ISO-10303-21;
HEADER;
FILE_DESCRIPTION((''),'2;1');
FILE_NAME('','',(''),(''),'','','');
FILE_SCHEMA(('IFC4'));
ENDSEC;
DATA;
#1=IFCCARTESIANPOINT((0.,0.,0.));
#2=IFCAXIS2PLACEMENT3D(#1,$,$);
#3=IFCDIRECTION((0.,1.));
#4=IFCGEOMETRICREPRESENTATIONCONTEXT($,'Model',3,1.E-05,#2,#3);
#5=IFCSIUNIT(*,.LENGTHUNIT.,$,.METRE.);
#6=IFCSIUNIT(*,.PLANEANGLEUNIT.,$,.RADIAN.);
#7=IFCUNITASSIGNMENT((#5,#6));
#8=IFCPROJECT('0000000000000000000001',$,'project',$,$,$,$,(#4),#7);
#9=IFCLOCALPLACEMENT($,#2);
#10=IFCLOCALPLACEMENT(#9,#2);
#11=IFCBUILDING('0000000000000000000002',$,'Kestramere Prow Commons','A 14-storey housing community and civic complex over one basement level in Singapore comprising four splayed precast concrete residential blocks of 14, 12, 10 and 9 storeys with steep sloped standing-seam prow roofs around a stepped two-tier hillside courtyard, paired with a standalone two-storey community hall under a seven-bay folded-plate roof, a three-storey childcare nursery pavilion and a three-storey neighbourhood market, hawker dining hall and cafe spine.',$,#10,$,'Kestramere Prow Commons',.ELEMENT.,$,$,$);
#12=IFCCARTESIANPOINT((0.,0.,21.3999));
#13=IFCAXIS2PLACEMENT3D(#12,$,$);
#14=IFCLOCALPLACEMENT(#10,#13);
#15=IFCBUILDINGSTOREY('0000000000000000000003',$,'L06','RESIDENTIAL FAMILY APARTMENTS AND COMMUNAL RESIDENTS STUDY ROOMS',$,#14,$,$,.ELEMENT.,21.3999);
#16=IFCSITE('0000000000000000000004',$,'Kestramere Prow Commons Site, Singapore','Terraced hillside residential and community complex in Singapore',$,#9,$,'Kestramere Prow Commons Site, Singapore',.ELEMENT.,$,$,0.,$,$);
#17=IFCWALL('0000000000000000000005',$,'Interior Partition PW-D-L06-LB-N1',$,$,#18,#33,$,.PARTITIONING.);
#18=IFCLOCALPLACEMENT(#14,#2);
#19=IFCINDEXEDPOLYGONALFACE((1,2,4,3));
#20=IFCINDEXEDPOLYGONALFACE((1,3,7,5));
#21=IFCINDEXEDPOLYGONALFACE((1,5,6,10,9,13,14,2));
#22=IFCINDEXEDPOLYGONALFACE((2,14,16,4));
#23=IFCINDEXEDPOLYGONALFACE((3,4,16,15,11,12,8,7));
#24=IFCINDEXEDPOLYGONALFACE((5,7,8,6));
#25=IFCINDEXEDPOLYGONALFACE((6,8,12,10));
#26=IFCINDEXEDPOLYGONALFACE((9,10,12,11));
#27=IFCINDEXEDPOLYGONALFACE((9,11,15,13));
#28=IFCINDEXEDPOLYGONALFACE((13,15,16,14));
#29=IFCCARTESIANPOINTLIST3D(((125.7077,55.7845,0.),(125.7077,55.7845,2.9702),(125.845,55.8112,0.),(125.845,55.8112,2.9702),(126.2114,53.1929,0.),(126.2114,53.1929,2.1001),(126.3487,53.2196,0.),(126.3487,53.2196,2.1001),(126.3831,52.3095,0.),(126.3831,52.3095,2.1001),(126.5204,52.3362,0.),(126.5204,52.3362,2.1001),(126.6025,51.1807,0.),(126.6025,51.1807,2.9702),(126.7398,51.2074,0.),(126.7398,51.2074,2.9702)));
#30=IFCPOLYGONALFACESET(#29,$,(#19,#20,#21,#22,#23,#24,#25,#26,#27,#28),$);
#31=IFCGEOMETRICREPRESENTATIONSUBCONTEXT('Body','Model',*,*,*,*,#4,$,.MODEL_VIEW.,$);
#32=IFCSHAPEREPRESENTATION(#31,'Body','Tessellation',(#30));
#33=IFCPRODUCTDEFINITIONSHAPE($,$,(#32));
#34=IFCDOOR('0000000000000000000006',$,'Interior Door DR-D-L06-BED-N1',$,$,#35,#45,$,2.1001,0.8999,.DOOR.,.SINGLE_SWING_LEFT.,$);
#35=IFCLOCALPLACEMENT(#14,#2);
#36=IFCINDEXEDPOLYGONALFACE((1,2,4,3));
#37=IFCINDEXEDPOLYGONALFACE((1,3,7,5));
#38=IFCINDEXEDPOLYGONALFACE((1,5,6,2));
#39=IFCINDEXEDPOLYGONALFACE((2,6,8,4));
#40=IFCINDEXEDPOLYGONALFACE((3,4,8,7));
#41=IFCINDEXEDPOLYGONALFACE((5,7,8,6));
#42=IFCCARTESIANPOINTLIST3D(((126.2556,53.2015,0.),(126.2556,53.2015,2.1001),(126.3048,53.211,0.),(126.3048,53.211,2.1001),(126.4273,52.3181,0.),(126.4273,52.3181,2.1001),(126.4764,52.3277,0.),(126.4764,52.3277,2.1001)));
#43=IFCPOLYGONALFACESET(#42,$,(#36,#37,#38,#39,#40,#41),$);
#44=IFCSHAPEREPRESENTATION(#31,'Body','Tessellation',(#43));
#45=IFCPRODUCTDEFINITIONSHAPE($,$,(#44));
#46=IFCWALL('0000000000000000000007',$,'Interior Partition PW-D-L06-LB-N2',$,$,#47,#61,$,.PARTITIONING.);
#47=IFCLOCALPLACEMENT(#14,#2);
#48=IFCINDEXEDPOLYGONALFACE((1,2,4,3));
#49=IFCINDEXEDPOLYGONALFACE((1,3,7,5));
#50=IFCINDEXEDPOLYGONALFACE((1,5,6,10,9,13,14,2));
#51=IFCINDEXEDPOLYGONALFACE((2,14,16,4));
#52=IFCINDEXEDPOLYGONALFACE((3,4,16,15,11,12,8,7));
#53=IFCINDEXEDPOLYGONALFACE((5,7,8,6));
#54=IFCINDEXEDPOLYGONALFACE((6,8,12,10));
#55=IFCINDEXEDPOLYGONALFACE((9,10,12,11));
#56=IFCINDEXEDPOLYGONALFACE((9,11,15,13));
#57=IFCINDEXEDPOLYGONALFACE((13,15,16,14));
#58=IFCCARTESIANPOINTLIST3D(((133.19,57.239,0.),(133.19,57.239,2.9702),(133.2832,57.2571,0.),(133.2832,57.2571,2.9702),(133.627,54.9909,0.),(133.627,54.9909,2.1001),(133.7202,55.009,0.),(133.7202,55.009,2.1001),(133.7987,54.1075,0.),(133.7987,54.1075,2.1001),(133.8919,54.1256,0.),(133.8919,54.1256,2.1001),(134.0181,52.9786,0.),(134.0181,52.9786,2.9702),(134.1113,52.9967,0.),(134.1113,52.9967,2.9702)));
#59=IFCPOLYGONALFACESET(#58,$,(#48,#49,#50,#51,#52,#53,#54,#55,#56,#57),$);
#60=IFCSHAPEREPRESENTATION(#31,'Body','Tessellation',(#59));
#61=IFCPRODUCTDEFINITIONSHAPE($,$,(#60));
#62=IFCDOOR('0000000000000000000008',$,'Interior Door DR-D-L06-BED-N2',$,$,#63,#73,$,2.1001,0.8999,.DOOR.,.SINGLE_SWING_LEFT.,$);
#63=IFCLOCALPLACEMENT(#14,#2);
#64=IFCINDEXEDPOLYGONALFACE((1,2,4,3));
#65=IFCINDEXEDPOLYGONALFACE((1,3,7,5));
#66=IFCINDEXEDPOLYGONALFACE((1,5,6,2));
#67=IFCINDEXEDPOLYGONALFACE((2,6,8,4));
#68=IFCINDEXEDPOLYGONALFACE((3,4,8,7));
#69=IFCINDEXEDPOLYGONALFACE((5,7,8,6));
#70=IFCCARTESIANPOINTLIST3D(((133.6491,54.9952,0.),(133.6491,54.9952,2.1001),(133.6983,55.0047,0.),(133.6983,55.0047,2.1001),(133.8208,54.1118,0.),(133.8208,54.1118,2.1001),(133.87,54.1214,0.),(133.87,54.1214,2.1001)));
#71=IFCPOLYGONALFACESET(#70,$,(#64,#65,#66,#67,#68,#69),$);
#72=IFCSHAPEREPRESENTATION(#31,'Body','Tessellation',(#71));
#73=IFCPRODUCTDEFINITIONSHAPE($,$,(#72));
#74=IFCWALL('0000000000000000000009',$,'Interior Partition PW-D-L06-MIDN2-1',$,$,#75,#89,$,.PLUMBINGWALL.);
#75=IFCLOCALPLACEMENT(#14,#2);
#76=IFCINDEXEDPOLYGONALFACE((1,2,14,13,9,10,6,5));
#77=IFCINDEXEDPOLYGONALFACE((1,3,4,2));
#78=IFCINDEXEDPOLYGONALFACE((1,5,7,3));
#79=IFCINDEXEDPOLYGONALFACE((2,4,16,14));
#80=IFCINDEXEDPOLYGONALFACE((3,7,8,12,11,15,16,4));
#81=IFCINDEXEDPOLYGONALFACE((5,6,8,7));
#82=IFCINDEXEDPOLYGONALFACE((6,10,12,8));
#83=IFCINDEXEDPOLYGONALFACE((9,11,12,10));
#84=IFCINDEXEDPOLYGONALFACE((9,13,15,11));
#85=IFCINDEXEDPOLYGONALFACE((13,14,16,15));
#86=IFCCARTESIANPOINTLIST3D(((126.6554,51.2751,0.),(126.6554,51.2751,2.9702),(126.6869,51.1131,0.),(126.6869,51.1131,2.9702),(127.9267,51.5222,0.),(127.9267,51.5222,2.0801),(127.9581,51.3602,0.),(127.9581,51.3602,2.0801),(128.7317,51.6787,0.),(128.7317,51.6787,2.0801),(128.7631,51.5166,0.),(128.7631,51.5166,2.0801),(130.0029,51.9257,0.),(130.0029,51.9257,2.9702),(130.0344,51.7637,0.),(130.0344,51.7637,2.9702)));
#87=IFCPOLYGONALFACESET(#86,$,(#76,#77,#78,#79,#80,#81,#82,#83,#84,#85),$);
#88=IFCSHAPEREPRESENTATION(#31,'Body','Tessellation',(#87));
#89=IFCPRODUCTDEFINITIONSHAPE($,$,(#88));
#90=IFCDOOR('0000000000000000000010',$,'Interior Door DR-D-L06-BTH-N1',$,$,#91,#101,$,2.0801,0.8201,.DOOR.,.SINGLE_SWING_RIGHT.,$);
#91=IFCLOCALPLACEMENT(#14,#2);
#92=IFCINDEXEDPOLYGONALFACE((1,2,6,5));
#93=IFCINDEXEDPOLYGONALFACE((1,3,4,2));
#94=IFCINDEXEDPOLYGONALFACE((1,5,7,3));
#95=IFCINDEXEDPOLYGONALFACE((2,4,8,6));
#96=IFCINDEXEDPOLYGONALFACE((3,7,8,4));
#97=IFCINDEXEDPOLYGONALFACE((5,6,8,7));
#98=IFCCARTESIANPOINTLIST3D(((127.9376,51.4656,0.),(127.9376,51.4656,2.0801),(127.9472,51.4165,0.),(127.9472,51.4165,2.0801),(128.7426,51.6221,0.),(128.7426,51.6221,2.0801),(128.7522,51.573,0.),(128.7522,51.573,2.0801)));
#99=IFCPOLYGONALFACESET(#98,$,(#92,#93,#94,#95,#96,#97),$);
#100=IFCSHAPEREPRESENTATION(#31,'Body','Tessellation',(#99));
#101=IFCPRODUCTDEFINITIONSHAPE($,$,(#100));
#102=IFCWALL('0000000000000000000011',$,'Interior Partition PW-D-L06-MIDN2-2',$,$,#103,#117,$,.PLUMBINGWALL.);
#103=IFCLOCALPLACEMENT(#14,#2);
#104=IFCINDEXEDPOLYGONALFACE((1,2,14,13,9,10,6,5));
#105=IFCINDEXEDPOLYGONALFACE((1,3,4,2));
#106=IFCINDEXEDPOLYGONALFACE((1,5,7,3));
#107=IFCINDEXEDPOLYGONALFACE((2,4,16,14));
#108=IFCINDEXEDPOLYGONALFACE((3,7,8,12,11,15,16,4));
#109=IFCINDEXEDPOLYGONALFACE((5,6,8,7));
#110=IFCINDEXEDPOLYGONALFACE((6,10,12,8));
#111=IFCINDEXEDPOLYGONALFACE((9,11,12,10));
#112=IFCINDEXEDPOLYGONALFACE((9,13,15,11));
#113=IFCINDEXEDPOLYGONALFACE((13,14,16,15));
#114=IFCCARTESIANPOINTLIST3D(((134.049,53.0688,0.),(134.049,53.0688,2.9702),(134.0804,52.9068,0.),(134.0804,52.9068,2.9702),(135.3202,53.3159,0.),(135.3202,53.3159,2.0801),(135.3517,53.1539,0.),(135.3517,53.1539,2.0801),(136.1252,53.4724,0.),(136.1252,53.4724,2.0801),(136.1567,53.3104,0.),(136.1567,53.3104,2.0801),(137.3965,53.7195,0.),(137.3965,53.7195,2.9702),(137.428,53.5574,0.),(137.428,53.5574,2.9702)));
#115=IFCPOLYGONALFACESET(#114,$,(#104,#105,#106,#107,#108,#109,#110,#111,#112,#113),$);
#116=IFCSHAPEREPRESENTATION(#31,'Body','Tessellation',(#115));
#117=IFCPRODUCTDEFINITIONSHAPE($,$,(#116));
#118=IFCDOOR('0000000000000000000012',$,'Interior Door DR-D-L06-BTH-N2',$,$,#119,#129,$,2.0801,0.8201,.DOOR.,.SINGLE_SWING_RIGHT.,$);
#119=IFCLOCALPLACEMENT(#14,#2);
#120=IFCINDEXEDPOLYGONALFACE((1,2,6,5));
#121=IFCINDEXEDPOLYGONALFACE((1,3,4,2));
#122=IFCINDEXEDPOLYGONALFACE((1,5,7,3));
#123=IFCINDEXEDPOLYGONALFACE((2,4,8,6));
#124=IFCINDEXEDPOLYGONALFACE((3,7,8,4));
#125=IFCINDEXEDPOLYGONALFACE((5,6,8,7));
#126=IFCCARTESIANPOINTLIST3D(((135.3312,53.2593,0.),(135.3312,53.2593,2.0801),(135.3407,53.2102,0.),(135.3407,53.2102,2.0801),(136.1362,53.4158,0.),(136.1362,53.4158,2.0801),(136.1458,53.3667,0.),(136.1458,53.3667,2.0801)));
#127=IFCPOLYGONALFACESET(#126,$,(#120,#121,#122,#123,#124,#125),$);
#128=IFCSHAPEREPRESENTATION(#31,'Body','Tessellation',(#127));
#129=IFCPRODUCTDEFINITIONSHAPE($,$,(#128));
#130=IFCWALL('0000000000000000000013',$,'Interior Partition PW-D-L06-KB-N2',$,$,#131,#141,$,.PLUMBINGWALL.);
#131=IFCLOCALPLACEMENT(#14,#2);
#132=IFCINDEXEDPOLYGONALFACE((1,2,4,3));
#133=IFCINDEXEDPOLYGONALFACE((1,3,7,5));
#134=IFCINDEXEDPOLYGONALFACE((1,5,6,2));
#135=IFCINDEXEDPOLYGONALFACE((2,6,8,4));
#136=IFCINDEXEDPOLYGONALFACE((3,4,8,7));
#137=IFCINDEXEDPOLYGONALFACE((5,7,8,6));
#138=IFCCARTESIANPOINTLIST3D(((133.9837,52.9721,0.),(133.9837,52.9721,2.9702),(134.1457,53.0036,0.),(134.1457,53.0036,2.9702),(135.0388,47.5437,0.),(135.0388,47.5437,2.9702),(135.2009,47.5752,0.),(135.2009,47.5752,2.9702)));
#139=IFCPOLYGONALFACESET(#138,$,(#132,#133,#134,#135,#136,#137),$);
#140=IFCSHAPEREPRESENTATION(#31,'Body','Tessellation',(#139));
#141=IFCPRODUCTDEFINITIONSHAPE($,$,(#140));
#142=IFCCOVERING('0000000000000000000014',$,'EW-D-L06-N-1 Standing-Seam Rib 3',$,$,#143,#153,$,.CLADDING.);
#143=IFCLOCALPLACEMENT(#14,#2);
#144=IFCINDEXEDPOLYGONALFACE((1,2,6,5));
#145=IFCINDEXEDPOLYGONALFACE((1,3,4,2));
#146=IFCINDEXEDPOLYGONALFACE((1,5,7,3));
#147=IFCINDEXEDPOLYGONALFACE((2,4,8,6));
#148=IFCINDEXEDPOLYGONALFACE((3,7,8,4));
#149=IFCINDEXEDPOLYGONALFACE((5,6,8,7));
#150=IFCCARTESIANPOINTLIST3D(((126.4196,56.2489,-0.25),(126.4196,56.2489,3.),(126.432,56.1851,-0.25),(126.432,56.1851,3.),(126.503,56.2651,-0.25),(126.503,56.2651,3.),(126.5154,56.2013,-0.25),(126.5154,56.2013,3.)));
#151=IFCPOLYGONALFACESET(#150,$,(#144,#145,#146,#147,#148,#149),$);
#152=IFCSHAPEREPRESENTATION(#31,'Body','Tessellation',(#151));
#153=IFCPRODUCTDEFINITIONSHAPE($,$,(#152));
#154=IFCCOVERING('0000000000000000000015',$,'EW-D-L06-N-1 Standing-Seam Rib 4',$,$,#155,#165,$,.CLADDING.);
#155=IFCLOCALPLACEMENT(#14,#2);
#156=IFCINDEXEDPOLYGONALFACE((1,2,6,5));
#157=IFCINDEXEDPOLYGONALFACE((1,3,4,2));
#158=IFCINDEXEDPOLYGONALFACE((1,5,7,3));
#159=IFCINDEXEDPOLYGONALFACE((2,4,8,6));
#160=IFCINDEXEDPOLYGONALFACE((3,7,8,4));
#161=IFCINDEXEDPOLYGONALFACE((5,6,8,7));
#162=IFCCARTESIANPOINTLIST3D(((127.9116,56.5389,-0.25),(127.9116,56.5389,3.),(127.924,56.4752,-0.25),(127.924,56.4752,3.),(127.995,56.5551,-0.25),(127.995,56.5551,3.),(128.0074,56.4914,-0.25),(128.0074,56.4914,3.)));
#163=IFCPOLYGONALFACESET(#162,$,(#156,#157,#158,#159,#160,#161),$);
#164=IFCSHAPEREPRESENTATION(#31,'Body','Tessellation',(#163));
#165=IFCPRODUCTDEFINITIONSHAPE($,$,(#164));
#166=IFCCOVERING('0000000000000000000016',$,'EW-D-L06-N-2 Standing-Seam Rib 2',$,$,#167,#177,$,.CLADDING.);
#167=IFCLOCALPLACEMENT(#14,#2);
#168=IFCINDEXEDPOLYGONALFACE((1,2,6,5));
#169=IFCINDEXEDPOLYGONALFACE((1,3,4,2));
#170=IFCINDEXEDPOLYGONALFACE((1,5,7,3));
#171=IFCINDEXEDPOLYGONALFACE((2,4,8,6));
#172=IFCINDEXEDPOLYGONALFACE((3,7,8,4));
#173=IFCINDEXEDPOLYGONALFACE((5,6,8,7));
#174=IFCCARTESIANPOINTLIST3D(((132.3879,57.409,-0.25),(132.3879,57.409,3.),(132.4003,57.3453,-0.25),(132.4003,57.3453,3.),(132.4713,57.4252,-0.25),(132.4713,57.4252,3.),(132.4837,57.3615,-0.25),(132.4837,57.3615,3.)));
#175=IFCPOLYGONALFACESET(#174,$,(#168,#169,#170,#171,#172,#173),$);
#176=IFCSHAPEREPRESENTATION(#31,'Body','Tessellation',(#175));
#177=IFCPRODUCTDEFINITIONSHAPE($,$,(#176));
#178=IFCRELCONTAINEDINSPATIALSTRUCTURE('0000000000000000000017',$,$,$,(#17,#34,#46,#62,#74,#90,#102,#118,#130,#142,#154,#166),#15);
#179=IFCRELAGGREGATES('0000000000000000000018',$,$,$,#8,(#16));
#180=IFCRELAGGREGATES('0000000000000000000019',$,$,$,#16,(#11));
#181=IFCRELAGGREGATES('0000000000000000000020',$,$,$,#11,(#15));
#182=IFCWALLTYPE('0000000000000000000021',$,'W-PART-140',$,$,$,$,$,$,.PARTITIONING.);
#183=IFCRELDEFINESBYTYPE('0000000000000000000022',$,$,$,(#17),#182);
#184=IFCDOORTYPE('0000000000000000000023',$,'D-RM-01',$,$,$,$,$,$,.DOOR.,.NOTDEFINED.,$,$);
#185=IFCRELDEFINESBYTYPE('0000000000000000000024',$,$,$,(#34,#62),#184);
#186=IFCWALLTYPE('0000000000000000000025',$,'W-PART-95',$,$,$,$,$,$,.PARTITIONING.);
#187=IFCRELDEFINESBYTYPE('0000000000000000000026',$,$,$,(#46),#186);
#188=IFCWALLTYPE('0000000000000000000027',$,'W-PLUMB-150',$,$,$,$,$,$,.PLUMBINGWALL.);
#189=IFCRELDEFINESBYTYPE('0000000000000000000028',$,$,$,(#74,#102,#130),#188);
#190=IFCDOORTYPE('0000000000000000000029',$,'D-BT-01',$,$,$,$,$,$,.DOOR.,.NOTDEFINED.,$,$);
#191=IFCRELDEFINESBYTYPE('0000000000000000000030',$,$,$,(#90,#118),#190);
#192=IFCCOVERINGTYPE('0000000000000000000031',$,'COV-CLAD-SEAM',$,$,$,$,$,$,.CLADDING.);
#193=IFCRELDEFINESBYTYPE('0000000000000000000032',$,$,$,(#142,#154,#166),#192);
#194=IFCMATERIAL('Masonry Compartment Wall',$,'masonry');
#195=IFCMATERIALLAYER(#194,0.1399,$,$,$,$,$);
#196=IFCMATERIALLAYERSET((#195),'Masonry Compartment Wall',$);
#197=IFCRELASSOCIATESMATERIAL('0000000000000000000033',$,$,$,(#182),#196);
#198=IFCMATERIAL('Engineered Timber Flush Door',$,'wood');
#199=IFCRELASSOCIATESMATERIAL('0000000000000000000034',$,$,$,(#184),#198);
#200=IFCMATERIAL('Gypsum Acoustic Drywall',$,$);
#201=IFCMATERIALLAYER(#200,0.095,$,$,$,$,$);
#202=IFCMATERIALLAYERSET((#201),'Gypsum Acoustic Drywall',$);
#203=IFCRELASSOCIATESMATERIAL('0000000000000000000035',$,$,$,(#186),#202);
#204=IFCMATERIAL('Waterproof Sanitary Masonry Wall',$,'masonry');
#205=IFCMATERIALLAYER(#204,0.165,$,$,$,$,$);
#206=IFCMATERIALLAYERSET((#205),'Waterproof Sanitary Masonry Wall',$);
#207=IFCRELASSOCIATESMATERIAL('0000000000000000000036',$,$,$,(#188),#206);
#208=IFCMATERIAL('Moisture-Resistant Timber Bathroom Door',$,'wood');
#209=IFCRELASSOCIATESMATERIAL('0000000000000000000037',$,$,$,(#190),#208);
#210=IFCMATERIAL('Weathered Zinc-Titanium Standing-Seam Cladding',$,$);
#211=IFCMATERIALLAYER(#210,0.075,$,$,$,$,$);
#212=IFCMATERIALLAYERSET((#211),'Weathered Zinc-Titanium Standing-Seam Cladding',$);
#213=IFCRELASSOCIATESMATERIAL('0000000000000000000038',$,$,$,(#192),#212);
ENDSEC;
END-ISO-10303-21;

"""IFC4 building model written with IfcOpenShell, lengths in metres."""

from ifc_helpers import new_model, si_unit, direction, frame, frame_2d, origin, origin_2d, place, context, subcontext, project, spatial, rectangle, extrude, material, layer, layer_set, type_object, element, fill, save


model = new_model("IFC4")

# Units and contexts
model_context = context("Model", 3, precision=1e-05, world=origin(), true_north=direction((0.0, 1.0)))
body_context = subcontext(model_context, "Body", "Model", "MODEL_VIEW")
ifc_project = project(units=[si_unit("LENGTHUNIT", "METRE"), si_unit("PLANEANGLEUNIT", "RADIAN")], contexts=[model_context])

# Site, building, storey
site_placement = place(None, origin())
site = spatial("IfcSite", under=ifc_project, at=site_placement, Name="Kestramere Prow Commons Site, Singapore", Description="Terraced hillside residential and community complex in Singapore", LongName="Kestramere Prow Commons Site, Singapore", CompositionType="ELEMENT", RefElevation=0.0)
building_placement = place(site_placement, origin())
building = spatial("IfcBuilding", under=site, at=building_placement, Name="Kestramere Prow Commons", Description="A 14-storey housing community and civic complex over one basement level in Singapore comprising four splayed precast concrete residential blocks of 14, 12, 10 and 9 storeys with steep sloped standing-seam prow roofs around a stepped two-tier hillside courtyard, paired with a standalone two-storey community hall under a seven-bay folded-plate roof, a three-storey childcare nursery pavilion and a three-storey neighbourhood market, hawker dining hall and cafe spine.", LongName="Kestramere Prow Commons", CompositionType="ELEMENT")
storey_placement = place(building_placement, frame((0.0, 0.0, 21.3999)))
storey = spatial("IfcBuildingStorey", under=building, at=storey_placement, Name="L06", Description="RESIDENTIAL FAMILY APARTMENTS AND COMMUNAL RESIDENTS STUDY ROOMS", CompositionType="ELEMENT", Elevation=21.3999)

# Walls, openings, doors
ifc_material_1 = material(Name="Masonry Compartment Wall", Category="masonry")
ifc_layer_1 = layer(ifc_material_1, 0.1399)
ifc_layer_set_1 = layer_set([ifc_layer_1], Name="Masonry Compartment Wall")
wall_type_1 = type_object("IfcWallType", Name="W-PART-140", PredefinedType="PARTITIONING", material=ifc_layer_set_1)
wall_1_placement = place(storey_placement, frame((126.6711, 51.1941, 0.0), z_axis=(0.0, 0.0, 1.0), x_axis=(-0.190787, 0.981631, 0.0)))
wall_1 = element("IfcWall", 1, at=wall_1_placement, inside=storey, type_object=wall_type_1, Name="Interior Partition PW-D-L06-LB-N1", PredefinedType="PARTITIONING", context=body_context, shape_type="SweptSolid", body=[
    extrude(rectangle(XDim=4.6899, YDim=0.1399, at=frame_2d((2.345, 0.0))), origin(), (0.0, 0.0, 1.0), 2.9702),
])
opening_1_placement = place(wall_1_placement, frame((1.1499, 0.0, 0.0)))
opening_1 = element("IfcOpeningElement", 2, at=opening_1_placement, cuts=wall_1, PredefinedType="OPENING", context=body_context, shape_type="SweptSolid", body=[
    extrude(rectangle(XDim=0.8999, YDim=2.1001, at=frame_2d((0.45, 1.05))), frame((0.0, 0.085, 0.0), z_axis=(0.0, -1.0, 0.0), x_axis=(1.0, 0.0, 0.0)), (0.0, 0.0, 1.0), 0.1699),
])
ifc_material_2 = material(Name="Engineered Timber Flush Door", Category="wood")
door_type_1 = type_object("IfcDoorType", Name="D-RM-01", OperationType="NOTDEFINED", PredefinedType="DOOR", material=ifc_material_2)
door_1_placement = place(opening_1_placement, origin())
door_1 = element("IfcDoor", 3, at=door_1_placement, inside=storey, type_object=door_type_1, Name="Interior Door DR-D-L06-BED-N1", OperationType="SINGLE_SWING_LEFT", OverallHeight=2.1001, OverallWidth=0.8999, PredefinedType="DOOR", context=body_context, shape_type="SweptSolid", body=[
    extrude(rectangle(XDim=0.8999, YDim=2.1001, at=frame_2d((0.45, 1.05))), frame((0.0, 0.0249, 0.0), z_axis=(0.0, -1.0, 0.0), x_axis=(1.0, 0.0, 0.0)), (0.0, 0.0, 1.0), 0.05),
])
fill(opening_1, door_1)
ifc_material_3 = material(Name="Gypsum Acoustic Drywall")
ifc_layer_2 = layer(ifc_material_3, 0.095)
ifc_layer_set_2 = layer_set([ifc_layer_2], Name="Gypsum Acoustic Drywall")
wall_type_2 = type_object("IfcWallType", Name="W-PART-95", PredefinedType="PARTITIONING", material=ifc_layer_set_2)
wall_2_placement = place(storey_placement, frame((134.0647, 52.9878, 0.0), z_axis=(0.0, 0.0, 1.0), x_axis=(-0.190812, 0.981627, 0.0)))
wall_2 = element("IfcWall", 4, at=wall_2_placement, inside=storey, type_object=wall_type_2, Name="Interior Partition PW-D-L06-LB-N2", PredefinedType="PARTITIONING", context=body_context, shape_type="SweptSolid", body=[
    extrude(rectangle(XDim=4.3401, YDim=0.095, at=frame_2d((2.1699, 0.0))), origin(), (0.0, 0.0, 1.0), 2.9702),
])
opening_2_placement = place(wall_2_placement, frame((1.1499, 0.0, 0.0)))
opening_2 = element("IfcOpeningElement", 5, at=opening_2_placement, cuts=wall_2, PredefinedType="OPENING", context=body_context, shape_type="SweptSolid", body=[
    extrude(rectangle(XDim=0.8999, YDim=2.1001, at=frame_2d((0.45, 1.05))), frame((0.0, 0.0625, 0.0), z_axis=(0.0, -1.0, 0.0), x_axis=(1.0, 0.0, 0.0)), (0.0, 0.0, 1.0), 0.125),
])
door_2_placement = place(opening_2_placement, origin())
door_2 = element("IfcDoor", 6, at=door_2_placement, inside=storey, type_object=door_type_1, Name="Interior Door DR-D-L06-BED-N2", OperationType="SINGLE_SWING_LEFT", OverallHeight=2.1001, OverallWidth=0.8999, PredefinedType="DOOR", context=body_context, shape_type="SweptSolid", body=[
    extrude(rectangle(XDim=0.8999, YDim=2.1001, at=frame_2d((0.45, 1.05))), frame((0.0, 0.0249, 0.0), z_axis=(0.0, -1.0, 0.0), x_axis=(1.0, 0.0, 0.0)), (0.0, 0.0, 1.0), 0.05),
])
fill(opening_2, door_2)
ifc_material_4 = material(Name="Waterproof Sanitary Masonry Wall", Category="masonry")
ifc_layer_3 = layer(ifc_material_4, 0.165)
ifc_layer_set_3 = layer_set([ifc_layer_3], Name="Waterproof Sanitary Masonry Wall")
wall_type_3 = type_object("IfcWallType", Name="W-PLUMB-150", PredefinedType="PLUMBINGWALL", material=ifc_layer_set_3)
wall_3_placement = place(storey_placement, frame((126.6711, 51.1941, 0.0), z_axis=(0.0, 0.0, 1.0), x_axis=(0.981629, 0.190799, 0.0)))
wall_3 = element("IfcWall", 7, at=wall_3_placement, inside=storey, type_object=wall_type_3, Name="Interior Partition PW-D-L06-MIDN2-1", PredefinedType="PLUMBINGWALL", context=body_context, shape_type="SweptSolid", body=[
    extrude(rectangle(XDim=3.4102, YDim=0.165, at=frame_2d((1.7051, 0.0))), origin(), (0.0, 0.0, 1.0), 2.9702),
])
opening_3_placement = place(wall_3_placement, frame((1.2949, 0.0, 0.0)))
opening_3 = element("IfcOpeningElement", 8, at=opening_3_placement, cuts=wall_3, PredefinedType="OPENING", context=body_context, shape_type="SweptSolid", body=[
    extrude(rectangle(XDim=0.8201, YDim=2.0801, at=frame_2d((0.4102, 1.04))), frame((0.0, 0.0974, 0.0), z_axis=(0.0, -1.0, 0.0), x_axis=(1.0, 0.0, 0.0)), (0.0, 0.0, 1.0), 0.1951),
])
ifc_material_5 = material(Name="Moisture-Resistant Timber Bathroom Door", Category="wood")
door_type_2 = type_object("IfcDoorType", Name="D-BT-01", OperationType="NOTDEFINED", PredefinedType="DOOR", material=ifc_material_5)
door_3_placement = place(opening_3_placement, origin())
door_3 = element("IfcDoor", 9, at=door_3_placement, inside=storey, type_object=door_type_2, Name="Interior Door DR-D-L06-BTH-N1", OperationType="SINGLE_SWING_RIGHT", OverallHeight=2.0801, OverallWidth=0.8201, PredefinedType="DOOR", context=body_context, shape_type="SweptSolid", body=[
    extrude(rectangle(XDim=0.8201, YDim=2.0801, at=frame_2d((0.4102, 1.04))), frame((0.0, 0.0249, 0.0), z_axis=(0.0, -1.0, 0.0), x_axis=(1.0, 0.0, 0.0)), (0.0, 0.0, 1.0), 0.05),
])
fill(opening_3, door_3)
wall_4_placement = place(storey_placement, frame((134.0647, 52.9878, 0.0), z_axis=(0.0, 0.0, 1.0), x_axis=(0.981629, 0.190799, 0.0)))
wall_4 = element("IfcWall", 10, at=wall_4_placement, inside=storey, type_object=wall_type_3, Name="Interior Partition PW-D-L06-MIDN2-2", PredefinedType="PLUMBINGWALL", context=body_context, shape_type="SweptSolid", body=[
    extrude(rectangle(XDim=3.4102, YDim=0.165, at=frame_2d((1.7051, 0.0))), origin(), (0.0, 0.0, 1.0), 2.9702),
])
opening_4_placement = place(wall_4_placement, frame((1.2949, 0.0, 0.0)))
opening_4 = element("IfcOpeningElement", 11, at=opening_4_placement, cuts=wall_4, PredefinedType="OPENING", context=body_context, shape_type="SweptSolid", body=[
    extrude(rectangle(XDim=0.8201, YDim=2.0801, at=frame_2d((0.4102, 1.04))), frame((0.0, 0.0974, 0.0), z_axis=(0.0, -1.0, 0.0), x_axis=(1.0, 0.0, 0.0)), (0.0, 0.0, 1.0), 0.1951),
])
door_4_placement = place(opening_4_placement, origin())
door_4 = element("IfcDoor", 12, at=door_4_placement, inside=storey, type_object=door_type_2, Name="Interior Door DR-D-L06-BTH-N2", OperationType="SINGLE_SWING_RIGHT", OverallHeight=2.0801, OverallWidth=0.8201, PredefinedType="DOOR", context=body_context, shape_type="SweptSolid", body=[
    extrude(rectangle(XDim=0.8201, YDim=2.0801, at=frame_2d((0.4102, 1.04))), frame((0.0, 0.0249, 0.0), z_axis=(0.0, -1.0, 0.0), x_axis=(1.0, 0.0, 0.0)), (0.0, 0.0, 1.0), 0.05),
])
fill(opening_4, door_4)

# Wall
wall_5_placement = place(storey_placement, frame((135.1199, 47.5593, 0.0), z_axis=(0.0, 0.0, 1.0), x_axis=(-0.190807, 0.981628, 0.0)))
element("IfcWall", 13, at=wall_5_placement, inside=storey, type_object=wall_type_3, Name="Interior Partition PW-D-L06-KB-N2", PredefinedType="PLUMBINGWALL", context=body_context, shape_type="SweptSolid", body=[
    extrude(rectangle(XDim=5.53, YDim=0.165, at=frame_2d((2.7651, 0.0))), origin(), (0.0, 0.0, 1.0), 2.9702),
])

# Coverings
ifc_material_6 = material(Name="Weathered Zinc-Titanium Standing-Seam Cladding")
ifc_layer_4 = layer(ifc_material_6, 0.075)
ifc_layer_set_4 = layer_set([ifc_layer_4], Name="Weathered Zinc-Titanium Standing-Seam Cladding")
covering_type = type_object("IfcCoveringType", Name="COV-CLAD-SEAM", PredefinedType="CLADDING", material=ifc_layer_set_4)
for number, where, z_axis, x_axis, name in (
    (14, (126.4675, 56.2251, -0.25), (0.0, 0.0, 1.0), (0.981627, 0.190809, 0.0), "EW-D-L06-N-1 Standing-Seam Rib 3"),
    (15, (127.9595, 56.5151, -0.25), (0.0, 0.0, 1.0), (0.981627, 0.190809, 0.0), "EW-D-L06-N-1 Standing-Seam Rib 4"),
    (16, (132.4358, 57.3853, -0.25), (0.0, 0.0, 1.0), (0.981627, 0.190809, 0.0), "EW-D-L06-N-2 Standing-Seam Rib 2"),
):
    element("IfcCovering", number, at=place(storey_placement, frame(where, z_axis=z_axis, x_axis=x_axis)), inside=storey, type_object=covering_type, Name=name, PredefinedType="CLADDING", context=body_context, shape_type="SweptSolid", body=[
        extrude(rectangle(XDim=0.085, YDim=0.0649, at=origin_2d()), origin(), (0.0, 0.0, 1.0), 3.25),
    ])

save(model, "model.ifc")
